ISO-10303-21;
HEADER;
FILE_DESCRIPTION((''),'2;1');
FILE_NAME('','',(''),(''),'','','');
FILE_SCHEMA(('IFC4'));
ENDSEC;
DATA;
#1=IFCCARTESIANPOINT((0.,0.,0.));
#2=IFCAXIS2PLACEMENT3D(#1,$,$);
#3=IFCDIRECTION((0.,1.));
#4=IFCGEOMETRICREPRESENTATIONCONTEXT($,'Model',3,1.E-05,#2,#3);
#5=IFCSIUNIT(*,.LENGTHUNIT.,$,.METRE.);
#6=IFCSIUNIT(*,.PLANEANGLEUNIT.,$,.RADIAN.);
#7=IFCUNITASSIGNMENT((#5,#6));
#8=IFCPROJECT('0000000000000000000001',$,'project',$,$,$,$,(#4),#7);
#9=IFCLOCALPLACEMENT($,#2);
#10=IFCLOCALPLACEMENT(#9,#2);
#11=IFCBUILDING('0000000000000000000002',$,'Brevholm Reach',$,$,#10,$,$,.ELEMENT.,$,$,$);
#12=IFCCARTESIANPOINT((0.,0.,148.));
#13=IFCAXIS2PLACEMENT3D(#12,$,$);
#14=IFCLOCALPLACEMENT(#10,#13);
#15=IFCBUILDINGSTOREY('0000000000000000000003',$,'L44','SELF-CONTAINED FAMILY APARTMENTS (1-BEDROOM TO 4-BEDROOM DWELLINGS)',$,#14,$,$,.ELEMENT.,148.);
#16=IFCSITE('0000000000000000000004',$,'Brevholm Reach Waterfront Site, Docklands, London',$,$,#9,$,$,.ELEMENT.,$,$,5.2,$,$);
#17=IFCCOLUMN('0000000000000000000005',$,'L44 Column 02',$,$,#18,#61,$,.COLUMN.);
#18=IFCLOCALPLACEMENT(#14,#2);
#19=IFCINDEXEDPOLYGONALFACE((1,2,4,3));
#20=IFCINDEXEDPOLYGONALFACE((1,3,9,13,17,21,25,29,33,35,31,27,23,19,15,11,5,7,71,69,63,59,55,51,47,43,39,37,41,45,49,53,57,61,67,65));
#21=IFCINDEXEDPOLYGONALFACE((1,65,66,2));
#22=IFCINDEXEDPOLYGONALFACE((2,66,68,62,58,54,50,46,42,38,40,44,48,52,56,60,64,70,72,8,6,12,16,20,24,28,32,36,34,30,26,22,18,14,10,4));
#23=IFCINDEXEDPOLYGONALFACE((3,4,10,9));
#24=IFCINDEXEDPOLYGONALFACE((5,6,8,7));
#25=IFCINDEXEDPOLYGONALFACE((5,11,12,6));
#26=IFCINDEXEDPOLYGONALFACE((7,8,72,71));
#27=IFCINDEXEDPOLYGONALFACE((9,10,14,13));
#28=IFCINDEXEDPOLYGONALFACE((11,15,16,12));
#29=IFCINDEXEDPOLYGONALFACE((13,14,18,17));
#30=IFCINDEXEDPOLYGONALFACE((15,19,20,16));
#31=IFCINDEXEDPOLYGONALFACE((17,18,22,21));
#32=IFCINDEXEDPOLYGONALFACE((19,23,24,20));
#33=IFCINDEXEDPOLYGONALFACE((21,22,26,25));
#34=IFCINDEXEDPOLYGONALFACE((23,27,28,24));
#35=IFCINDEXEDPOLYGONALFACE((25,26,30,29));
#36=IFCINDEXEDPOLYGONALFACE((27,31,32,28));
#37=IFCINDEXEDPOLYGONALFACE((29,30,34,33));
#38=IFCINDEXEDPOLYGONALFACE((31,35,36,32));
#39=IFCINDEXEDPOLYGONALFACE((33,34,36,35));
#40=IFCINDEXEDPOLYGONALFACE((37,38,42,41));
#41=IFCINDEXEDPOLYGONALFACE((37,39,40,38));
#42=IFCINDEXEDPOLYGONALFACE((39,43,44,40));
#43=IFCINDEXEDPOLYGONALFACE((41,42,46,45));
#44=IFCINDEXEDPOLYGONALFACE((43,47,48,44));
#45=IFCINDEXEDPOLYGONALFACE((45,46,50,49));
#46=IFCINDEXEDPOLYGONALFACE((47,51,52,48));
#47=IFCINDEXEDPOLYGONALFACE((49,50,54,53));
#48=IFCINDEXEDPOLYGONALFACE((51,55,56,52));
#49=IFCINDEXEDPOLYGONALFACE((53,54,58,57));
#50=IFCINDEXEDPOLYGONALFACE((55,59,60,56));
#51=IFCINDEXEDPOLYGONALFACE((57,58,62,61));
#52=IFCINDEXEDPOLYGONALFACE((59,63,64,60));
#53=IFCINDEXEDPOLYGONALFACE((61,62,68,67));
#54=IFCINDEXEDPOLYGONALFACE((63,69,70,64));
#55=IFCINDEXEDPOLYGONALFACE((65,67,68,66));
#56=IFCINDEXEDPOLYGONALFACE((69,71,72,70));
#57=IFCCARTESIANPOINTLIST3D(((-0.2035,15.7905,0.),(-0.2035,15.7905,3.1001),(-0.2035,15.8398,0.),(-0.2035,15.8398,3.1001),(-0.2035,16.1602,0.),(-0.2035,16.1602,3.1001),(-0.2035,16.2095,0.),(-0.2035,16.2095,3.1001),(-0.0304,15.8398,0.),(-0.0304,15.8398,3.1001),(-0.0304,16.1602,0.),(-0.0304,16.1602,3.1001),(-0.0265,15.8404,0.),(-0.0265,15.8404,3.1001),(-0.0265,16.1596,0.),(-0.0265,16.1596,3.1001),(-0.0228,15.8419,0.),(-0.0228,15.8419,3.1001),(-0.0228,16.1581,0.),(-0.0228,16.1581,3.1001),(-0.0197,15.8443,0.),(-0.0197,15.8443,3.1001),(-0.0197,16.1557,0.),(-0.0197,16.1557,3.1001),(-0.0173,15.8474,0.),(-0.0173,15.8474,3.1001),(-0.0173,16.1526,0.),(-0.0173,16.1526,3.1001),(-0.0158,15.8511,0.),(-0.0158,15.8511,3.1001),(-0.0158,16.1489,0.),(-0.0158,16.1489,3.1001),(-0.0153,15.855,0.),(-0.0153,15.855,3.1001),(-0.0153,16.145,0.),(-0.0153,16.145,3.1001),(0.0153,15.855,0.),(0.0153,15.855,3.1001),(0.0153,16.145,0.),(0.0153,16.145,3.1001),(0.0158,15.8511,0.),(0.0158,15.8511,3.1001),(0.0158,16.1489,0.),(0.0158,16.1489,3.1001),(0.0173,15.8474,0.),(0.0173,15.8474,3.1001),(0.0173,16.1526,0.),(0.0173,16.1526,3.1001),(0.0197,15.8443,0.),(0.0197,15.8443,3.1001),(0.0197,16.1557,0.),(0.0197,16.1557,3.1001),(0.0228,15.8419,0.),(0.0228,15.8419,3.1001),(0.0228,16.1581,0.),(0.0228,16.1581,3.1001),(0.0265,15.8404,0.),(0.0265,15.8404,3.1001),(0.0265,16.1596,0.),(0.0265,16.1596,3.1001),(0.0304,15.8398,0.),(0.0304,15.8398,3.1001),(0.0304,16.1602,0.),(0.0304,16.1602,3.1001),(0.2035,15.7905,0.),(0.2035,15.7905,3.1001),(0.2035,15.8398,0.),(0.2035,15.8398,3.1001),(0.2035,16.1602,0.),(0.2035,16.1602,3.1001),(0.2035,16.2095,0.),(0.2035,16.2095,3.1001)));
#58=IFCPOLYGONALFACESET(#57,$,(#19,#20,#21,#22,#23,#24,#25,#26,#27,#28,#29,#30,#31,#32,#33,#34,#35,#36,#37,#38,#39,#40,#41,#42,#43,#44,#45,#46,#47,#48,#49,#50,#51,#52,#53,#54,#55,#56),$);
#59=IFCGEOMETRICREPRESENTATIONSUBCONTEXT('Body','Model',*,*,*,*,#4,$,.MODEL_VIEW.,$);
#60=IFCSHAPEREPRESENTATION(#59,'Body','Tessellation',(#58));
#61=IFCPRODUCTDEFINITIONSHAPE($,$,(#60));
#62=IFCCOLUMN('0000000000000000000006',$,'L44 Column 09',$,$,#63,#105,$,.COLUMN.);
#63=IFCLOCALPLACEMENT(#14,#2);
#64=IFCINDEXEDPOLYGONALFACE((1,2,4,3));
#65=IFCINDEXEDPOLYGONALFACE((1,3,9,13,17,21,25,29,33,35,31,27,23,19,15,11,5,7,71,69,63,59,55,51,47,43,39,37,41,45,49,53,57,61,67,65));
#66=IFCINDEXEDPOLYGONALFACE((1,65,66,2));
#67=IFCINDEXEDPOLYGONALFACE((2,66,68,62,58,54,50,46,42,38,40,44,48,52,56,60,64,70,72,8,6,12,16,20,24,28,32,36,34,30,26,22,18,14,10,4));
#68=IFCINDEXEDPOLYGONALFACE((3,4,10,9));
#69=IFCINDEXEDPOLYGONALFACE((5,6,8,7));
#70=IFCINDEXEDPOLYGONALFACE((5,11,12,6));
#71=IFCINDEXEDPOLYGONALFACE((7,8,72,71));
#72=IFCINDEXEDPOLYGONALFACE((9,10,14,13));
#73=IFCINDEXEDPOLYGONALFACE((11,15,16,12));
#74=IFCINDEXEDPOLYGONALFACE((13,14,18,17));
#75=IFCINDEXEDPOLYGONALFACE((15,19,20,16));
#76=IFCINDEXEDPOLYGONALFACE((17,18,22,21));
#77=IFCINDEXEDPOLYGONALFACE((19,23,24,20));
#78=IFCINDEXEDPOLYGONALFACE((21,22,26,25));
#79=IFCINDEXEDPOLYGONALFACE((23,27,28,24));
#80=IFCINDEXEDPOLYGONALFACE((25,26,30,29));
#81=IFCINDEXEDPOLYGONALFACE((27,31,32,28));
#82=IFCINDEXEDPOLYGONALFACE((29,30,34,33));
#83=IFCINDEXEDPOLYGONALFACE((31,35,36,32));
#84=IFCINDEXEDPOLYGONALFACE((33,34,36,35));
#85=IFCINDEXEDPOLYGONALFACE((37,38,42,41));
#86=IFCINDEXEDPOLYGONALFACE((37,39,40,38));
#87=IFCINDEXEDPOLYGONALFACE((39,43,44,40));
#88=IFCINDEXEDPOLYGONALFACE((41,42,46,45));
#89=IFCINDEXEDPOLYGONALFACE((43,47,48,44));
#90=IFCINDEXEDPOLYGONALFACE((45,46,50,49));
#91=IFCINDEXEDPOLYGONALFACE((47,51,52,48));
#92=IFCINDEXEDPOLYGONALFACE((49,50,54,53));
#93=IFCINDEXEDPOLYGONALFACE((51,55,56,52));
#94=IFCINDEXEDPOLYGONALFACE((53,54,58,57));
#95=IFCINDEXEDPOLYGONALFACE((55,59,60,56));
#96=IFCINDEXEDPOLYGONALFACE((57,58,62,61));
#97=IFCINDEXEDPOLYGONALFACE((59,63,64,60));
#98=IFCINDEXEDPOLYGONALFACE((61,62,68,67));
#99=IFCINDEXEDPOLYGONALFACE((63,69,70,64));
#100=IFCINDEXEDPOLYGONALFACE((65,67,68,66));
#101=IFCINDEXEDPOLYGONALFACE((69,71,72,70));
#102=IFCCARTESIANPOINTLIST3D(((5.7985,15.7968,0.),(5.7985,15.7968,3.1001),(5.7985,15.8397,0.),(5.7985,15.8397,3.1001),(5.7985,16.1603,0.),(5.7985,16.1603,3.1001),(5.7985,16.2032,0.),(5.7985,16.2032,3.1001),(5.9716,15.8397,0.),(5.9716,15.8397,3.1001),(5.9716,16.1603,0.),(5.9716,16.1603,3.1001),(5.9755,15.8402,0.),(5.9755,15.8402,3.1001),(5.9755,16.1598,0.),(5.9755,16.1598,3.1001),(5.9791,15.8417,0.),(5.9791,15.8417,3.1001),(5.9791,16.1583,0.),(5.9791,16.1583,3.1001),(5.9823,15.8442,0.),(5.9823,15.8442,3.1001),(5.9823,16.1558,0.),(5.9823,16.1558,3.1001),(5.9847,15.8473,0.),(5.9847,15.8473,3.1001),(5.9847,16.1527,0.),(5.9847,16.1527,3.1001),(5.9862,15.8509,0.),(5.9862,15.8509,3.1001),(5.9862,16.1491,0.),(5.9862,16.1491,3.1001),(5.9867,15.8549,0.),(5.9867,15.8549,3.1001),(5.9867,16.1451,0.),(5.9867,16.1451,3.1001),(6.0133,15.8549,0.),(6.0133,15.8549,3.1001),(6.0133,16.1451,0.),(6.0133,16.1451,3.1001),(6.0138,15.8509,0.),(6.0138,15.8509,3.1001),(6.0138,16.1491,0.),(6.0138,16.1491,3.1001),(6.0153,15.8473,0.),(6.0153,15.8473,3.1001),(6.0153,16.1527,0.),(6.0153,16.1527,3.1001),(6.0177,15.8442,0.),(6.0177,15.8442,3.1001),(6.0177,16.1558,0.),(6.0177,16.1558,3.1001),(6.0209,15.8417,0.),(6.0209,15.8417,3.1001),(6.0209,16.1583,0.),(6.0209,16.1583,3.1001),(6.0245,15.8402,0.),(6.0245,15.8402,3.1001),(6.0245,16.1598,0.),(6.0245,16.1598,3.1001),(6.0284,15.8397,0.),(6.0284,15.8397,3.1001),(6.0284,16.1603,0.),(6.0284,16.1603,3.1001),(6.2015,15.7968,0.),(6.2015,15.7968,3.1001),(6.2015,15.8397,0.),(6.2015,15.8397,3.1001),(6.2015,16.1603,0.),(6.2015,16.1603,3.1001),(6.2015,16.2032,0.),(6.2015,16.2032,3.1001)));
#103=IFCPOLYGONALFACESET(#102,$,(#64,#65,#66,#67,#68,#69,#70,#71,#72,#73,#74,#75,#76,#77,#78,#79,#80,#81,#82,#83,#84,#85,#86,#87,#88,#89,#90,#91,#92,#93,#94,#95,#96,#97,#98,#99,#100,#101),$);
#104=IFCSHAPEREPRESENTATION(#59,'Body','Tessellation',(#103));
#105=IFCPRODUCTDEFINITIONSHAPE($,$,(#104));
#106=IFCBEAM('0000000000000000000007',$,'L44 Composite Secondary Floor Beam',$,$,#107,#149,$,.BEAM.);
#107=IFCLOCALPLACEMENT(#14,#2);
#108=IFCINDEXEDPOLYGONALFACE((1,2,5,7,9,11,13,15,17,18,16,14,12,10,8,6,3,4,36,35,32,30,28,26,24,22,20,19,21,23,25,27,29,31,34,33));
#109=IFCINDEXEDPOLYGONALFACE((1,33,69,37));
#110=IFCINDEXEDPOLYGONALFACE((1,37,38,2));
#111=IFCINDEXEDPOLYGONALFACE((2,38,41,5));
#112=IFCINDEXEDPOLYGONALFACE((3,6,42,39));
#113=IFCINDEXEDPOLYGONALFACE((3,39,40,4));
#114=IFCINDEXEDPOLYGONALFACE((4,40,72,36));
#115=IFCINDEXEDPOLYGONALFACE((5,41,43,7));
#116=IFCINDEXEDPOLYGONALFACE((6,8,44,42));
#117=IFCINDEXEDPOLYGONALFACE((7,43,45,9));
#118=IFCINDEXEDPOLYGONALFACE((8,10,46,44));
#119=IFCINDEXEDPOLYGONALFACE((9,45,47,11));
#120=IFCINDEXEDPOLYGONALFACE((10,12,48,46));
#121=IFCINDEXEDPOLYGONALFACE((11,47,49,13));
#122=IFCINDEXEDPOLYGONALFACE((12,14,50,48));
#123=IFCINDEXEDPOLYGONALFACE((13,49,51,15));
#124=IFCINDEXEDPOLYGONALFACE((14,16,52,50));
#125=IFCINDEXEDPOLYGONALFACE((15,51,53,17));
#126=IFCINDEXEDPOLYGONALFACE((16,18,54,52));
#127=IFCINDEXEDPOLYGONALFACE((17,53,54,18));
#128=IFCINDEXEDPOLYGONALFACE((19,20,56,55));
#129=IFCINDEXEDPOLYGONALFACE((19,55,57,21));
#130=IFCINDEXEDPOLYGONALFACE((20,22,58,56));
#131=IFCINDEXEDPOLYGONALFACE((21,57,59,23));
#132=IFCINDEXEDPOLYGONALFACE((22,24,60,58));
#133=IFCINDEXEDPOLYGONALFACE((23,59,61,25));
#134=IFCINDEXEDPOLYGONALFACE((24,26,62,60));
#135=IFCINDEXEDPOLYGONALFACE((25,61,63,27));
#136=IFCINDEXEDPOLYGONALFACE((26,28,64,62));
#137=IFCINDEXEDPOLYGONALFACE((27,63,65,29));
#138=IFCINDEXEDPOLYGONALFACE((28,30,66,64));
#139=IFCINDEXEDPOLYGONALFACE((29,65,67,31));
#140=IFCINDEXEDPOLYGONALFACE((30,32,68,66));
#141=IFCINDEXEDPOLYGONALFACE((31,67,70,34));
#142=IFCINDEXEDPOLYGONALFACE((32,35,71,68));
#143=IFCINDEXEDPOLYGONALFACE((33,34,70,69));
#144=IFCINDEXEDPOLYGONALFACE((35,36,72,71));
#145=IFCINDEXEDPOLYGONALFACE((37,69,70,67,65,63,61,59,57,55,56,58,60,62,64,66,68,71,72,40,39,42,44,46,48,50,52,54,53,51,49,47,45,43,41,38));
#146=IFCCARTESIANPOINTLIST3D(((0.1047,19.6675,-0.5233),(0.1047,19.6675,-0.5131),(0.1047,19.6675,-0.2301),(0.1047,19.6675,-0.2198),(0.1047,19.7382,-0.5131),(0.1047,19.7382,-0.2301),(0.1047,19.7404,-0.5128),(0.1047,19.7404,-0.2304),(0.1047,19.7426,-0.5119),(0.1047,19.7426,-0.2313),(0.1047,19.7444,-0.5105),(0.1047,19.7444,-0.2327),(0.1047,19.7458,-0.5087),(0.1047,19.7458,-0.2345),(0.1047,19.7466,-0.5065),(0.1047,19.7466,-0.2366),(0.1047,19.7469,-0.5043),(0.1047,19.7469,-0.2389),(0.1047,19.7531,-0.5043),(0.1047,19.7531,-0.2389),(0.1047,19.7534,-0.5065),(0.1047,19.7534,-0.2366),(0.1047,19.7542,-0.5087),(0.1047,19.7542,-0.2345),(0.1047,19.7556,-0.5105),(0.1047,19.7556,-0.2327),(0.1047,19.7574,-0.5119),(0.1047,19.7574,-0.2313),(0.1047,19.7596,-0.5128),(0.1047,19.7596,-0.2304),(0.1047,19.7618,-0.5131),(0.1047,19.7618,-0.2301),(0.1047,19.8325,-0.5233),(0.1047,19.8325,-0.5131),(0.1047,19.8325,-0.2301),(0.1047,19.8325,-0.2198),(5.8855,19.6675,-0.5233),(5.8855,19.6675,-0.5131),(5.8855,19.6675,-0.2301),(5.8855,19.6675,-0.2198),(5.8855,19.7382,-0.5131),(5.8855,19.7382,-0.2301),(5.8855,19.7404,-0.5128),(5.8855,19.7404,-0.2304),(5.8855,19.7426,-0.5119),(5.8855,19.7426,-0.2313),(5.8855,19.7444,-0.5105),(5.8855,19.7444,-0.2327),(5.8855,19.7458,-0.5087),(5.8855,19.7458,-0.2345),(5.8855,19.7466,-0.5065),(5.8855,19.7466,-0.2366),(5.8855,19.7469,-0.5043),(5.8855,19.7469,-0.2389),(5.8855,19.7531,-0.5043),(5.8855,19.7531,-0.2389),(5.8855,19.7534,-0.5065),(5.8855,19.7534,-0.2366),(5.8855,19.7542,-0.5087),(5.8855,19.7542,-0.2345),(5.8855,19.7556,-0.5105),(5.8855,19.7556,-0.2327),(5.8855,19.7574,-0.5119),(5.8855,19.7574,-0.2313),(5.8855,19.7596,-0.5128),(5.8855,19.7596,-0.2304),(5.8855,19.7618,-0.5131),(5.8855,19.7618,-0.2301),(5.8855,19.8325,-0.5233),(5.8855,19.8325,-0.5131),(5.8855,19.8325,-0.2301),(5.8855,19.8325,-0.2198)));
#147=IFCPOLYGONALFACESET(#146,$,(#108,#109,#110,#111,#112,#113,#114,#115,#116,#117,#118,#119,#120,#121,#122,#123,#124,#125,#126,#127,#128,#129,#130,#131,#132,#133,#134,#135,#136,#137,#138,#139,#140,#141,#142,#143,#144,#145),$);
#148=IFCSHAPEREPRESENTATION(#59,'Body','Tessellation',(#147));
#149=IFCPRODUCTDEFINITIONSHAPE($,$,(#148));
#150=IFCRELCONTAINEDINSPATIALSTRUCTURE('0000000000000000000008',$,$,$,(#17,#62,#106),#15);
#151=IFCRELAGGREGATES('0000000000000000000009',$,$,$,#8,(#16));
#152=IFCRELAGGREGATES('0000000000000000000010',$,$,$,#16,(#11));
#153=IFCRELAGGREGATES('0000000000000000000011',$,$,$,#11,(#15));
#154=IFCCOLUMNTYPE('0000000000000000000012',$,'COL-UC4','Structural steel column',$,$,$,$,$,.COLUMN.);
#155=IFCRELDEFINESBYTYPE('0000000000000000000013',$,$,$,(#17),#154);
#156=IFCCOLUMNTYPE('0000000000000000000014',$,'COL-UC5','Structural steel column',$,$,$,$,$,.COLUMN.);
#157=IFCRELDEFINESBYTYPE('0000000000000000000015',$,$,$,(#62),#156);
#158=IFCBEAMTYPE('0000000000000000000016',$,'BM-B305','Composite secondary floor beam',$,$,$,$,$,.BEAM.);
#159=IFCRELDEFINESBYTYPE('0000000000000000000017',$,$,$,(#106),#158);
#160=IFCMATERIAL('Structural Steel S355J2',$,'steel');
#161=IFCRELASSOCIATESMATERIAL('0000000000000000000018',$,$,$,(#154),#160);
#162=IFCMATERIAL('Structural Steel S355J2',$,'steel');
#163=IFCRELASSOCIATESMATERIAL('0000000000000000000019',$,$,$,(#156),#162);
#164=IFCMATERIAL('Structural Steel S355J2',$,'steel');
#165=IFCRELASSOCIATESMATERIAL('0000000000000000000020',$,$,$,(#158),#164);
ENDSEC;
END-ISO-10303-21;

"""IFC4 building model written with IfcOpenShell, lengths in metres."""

from ifc_helpers import new_model, si_unit, direction, frame, origin, origin_2d, place, context, subcontext, project, spatial, i_section, extrude, material, material_profile, profile_set, type_object, element, save


model = new_model("IFC4")

# Units and contexts
model_context = context("Model", 3, precision=1e-05, world=origin(), true_north=direction((0.0, 1.0)))
body_context = subcontext(model_context, "Body", "Model", "MODEL_VIEW")
ifc_project = project(units=[si_unit("LENGTHUNIT", "METRE"), si_unit("PLANEANGLEUNIT", "RADIAN")], contexts=[model_context])

# Site, building, storey
site_placement = place(None, origin())
site = spatial("IfcSite", under=ifc_project, at=site_placement, Name="Brevholm Reach Waterfront Site, Docklands, London", CompositionType="ELEMENT", RefElevation=5.2)
building_placement = place(site_placement, origin())
building = spatial("IfcBuilding", under=site, at=building_placement, Name="Brevholm Reach", CompositionType="ELEMENT")
storey_placement = place(building_placement, frame((0.0, 0.0, 148.0)))
storey = spatial("IfcBuildingStorey", under=building, at=storey_placement, Name="L44", Description="SELF-CONTAINED FAMILY APARTMENTS (1-BEDROOM TO 4-BEDROOM DWELLINGS)", CompositionType="ELEMENT", Elevation=148.0)

# Columns
ifc_material_1 = material(Name="Structural Steel S355J2", Category="steel")
ifc_material_profile_1 = material_profile(ifc_material_1, i_section(OverallWidth=0.407, OverallDepth=0.4189, WebThickness=0.0305, FlangeThickness=0.0493, FilletRadius=0.0151, at=origin_2d()), Name="UKC 356x406x393")
ifc_profile_set_1 = profile_set([ifc_material_profile_1], Name="Structural Steel S355J2")
column_type_1 = type_object("IfcColumnType", Name="COL-UC4", Description="Structural steel column", PredefinedType="COLUMN", material=ifc_profile_set_1)
column_1_placement = place(storey_placement, frame((0.0, 16.0, 0.0), z_axis=(0.0, 0.0, 1.0), x_axis=(1.0, 0.0, 0.0)))
element("IfcColumn", 1, at=column_1_placement, inside=storey, type_object=column_type_1, Name="L44 Column 02", PredefinedType="COLUMN", context=body_context, shape_type="SweptSolid", body=[
    extrude(i_section(OverallWidth=0.407, OverallDepth=0.4189, WebThickness=0.0305, FlangeThickness=0.0493, FilletRadius=0.0151, at=origin_2d()), origin(), (0.0, 0.0, 1.0), 3.1001),
])
ifc_material_2 = material(Name="Structural Steel S355J2", Category="steel")
ifc_material_profile_2 = material_profile(ifc_material_2, i_section(OverallWidth=0.4031, OverallDepth=0.4065, WebThickness=0.0266, FlangeThickness=0.043, FilletRadius=0.0151, at=origin_2d()), Name="UKC 356x406x340")
ifc_profile_set_2 = profile_set([ifc_material_profile_2], Name="Structural Steel S355J2")
column_type_2 = type_object("IfcColumnType", Name="COL-UC5", Description="Structural steel column", PredefinedType="COLUMN", material=ifc_profile_set_2)
column_2_placement = place(storey_placement, frame((6.0, 16.0, 0.0), z_axis=(0.0, 0.0, 1.0), x_axis=(1.0, 0.0, 0.0)))
element("IfcColumn", 2, at=column_2_placement, inside=storey, type_object=column_type_2, Name="L44 Column 09", PredefinedType="COLUMN", context=body_context, shape_type="SweptSolid", body=[
    extrude(i_section(OverallWidth=0.4031, OverallDepth=0.4065, WebThickness=0.0266, FlangeThickness=0.043, FilletRadius=0.0151, at=origin_2d()), origin(), (0.0, 0.0, 1.0), 3.1001),
])

# Beam
ifc_material_3 = material(Name="Structural Steel S355J2", Category="steel")
ifc_material_profile_3 = material_profile(ifc_material_3, i_section(OverallWidth=0.165, OverallDepth=0.3035, WebThickness=0.0061, FlangeThickness=0.0103, FilletRadius=0.0088, at=origin_2d()), Name="UKB 305x165x40")
ifc_profile_set_3 = profile_set([ifc_material_profile_3], Name="Structural Steel S355J2")
beam_type_1 = type_object("IfcBeamType", Name="BM-B305", Description="Composite secondary floor beam", PredefinedType="BEAM", material=ifc_profile_set_3)
beam_1_placement = place(storey_placement, frame((0.1047, 19.75, -0.3716), z_axis=(1.0, 0.0, 0.0), x_axis=(0.0, 1.0, 0.0)))
element("IfcBeam", 3, at=beam_1_placement, inside=storey, type_object=beam_type_1, Name="L44 Composite Secondary Floor Beam", PredefinedType="BEAM", context=body_context, shape_type="SweptSolid", body=[
    extrude(i_section(OverallWidth=0.165, OverallDepth=0.3035, WebThickness=0.0061, FlangeThickness=0.0103, FilletRadius=0.0088, at=origin_2d()), origin(), (0.0, 0.0, 1.0), 5.7808),
])

save(model, "model.ifc")
